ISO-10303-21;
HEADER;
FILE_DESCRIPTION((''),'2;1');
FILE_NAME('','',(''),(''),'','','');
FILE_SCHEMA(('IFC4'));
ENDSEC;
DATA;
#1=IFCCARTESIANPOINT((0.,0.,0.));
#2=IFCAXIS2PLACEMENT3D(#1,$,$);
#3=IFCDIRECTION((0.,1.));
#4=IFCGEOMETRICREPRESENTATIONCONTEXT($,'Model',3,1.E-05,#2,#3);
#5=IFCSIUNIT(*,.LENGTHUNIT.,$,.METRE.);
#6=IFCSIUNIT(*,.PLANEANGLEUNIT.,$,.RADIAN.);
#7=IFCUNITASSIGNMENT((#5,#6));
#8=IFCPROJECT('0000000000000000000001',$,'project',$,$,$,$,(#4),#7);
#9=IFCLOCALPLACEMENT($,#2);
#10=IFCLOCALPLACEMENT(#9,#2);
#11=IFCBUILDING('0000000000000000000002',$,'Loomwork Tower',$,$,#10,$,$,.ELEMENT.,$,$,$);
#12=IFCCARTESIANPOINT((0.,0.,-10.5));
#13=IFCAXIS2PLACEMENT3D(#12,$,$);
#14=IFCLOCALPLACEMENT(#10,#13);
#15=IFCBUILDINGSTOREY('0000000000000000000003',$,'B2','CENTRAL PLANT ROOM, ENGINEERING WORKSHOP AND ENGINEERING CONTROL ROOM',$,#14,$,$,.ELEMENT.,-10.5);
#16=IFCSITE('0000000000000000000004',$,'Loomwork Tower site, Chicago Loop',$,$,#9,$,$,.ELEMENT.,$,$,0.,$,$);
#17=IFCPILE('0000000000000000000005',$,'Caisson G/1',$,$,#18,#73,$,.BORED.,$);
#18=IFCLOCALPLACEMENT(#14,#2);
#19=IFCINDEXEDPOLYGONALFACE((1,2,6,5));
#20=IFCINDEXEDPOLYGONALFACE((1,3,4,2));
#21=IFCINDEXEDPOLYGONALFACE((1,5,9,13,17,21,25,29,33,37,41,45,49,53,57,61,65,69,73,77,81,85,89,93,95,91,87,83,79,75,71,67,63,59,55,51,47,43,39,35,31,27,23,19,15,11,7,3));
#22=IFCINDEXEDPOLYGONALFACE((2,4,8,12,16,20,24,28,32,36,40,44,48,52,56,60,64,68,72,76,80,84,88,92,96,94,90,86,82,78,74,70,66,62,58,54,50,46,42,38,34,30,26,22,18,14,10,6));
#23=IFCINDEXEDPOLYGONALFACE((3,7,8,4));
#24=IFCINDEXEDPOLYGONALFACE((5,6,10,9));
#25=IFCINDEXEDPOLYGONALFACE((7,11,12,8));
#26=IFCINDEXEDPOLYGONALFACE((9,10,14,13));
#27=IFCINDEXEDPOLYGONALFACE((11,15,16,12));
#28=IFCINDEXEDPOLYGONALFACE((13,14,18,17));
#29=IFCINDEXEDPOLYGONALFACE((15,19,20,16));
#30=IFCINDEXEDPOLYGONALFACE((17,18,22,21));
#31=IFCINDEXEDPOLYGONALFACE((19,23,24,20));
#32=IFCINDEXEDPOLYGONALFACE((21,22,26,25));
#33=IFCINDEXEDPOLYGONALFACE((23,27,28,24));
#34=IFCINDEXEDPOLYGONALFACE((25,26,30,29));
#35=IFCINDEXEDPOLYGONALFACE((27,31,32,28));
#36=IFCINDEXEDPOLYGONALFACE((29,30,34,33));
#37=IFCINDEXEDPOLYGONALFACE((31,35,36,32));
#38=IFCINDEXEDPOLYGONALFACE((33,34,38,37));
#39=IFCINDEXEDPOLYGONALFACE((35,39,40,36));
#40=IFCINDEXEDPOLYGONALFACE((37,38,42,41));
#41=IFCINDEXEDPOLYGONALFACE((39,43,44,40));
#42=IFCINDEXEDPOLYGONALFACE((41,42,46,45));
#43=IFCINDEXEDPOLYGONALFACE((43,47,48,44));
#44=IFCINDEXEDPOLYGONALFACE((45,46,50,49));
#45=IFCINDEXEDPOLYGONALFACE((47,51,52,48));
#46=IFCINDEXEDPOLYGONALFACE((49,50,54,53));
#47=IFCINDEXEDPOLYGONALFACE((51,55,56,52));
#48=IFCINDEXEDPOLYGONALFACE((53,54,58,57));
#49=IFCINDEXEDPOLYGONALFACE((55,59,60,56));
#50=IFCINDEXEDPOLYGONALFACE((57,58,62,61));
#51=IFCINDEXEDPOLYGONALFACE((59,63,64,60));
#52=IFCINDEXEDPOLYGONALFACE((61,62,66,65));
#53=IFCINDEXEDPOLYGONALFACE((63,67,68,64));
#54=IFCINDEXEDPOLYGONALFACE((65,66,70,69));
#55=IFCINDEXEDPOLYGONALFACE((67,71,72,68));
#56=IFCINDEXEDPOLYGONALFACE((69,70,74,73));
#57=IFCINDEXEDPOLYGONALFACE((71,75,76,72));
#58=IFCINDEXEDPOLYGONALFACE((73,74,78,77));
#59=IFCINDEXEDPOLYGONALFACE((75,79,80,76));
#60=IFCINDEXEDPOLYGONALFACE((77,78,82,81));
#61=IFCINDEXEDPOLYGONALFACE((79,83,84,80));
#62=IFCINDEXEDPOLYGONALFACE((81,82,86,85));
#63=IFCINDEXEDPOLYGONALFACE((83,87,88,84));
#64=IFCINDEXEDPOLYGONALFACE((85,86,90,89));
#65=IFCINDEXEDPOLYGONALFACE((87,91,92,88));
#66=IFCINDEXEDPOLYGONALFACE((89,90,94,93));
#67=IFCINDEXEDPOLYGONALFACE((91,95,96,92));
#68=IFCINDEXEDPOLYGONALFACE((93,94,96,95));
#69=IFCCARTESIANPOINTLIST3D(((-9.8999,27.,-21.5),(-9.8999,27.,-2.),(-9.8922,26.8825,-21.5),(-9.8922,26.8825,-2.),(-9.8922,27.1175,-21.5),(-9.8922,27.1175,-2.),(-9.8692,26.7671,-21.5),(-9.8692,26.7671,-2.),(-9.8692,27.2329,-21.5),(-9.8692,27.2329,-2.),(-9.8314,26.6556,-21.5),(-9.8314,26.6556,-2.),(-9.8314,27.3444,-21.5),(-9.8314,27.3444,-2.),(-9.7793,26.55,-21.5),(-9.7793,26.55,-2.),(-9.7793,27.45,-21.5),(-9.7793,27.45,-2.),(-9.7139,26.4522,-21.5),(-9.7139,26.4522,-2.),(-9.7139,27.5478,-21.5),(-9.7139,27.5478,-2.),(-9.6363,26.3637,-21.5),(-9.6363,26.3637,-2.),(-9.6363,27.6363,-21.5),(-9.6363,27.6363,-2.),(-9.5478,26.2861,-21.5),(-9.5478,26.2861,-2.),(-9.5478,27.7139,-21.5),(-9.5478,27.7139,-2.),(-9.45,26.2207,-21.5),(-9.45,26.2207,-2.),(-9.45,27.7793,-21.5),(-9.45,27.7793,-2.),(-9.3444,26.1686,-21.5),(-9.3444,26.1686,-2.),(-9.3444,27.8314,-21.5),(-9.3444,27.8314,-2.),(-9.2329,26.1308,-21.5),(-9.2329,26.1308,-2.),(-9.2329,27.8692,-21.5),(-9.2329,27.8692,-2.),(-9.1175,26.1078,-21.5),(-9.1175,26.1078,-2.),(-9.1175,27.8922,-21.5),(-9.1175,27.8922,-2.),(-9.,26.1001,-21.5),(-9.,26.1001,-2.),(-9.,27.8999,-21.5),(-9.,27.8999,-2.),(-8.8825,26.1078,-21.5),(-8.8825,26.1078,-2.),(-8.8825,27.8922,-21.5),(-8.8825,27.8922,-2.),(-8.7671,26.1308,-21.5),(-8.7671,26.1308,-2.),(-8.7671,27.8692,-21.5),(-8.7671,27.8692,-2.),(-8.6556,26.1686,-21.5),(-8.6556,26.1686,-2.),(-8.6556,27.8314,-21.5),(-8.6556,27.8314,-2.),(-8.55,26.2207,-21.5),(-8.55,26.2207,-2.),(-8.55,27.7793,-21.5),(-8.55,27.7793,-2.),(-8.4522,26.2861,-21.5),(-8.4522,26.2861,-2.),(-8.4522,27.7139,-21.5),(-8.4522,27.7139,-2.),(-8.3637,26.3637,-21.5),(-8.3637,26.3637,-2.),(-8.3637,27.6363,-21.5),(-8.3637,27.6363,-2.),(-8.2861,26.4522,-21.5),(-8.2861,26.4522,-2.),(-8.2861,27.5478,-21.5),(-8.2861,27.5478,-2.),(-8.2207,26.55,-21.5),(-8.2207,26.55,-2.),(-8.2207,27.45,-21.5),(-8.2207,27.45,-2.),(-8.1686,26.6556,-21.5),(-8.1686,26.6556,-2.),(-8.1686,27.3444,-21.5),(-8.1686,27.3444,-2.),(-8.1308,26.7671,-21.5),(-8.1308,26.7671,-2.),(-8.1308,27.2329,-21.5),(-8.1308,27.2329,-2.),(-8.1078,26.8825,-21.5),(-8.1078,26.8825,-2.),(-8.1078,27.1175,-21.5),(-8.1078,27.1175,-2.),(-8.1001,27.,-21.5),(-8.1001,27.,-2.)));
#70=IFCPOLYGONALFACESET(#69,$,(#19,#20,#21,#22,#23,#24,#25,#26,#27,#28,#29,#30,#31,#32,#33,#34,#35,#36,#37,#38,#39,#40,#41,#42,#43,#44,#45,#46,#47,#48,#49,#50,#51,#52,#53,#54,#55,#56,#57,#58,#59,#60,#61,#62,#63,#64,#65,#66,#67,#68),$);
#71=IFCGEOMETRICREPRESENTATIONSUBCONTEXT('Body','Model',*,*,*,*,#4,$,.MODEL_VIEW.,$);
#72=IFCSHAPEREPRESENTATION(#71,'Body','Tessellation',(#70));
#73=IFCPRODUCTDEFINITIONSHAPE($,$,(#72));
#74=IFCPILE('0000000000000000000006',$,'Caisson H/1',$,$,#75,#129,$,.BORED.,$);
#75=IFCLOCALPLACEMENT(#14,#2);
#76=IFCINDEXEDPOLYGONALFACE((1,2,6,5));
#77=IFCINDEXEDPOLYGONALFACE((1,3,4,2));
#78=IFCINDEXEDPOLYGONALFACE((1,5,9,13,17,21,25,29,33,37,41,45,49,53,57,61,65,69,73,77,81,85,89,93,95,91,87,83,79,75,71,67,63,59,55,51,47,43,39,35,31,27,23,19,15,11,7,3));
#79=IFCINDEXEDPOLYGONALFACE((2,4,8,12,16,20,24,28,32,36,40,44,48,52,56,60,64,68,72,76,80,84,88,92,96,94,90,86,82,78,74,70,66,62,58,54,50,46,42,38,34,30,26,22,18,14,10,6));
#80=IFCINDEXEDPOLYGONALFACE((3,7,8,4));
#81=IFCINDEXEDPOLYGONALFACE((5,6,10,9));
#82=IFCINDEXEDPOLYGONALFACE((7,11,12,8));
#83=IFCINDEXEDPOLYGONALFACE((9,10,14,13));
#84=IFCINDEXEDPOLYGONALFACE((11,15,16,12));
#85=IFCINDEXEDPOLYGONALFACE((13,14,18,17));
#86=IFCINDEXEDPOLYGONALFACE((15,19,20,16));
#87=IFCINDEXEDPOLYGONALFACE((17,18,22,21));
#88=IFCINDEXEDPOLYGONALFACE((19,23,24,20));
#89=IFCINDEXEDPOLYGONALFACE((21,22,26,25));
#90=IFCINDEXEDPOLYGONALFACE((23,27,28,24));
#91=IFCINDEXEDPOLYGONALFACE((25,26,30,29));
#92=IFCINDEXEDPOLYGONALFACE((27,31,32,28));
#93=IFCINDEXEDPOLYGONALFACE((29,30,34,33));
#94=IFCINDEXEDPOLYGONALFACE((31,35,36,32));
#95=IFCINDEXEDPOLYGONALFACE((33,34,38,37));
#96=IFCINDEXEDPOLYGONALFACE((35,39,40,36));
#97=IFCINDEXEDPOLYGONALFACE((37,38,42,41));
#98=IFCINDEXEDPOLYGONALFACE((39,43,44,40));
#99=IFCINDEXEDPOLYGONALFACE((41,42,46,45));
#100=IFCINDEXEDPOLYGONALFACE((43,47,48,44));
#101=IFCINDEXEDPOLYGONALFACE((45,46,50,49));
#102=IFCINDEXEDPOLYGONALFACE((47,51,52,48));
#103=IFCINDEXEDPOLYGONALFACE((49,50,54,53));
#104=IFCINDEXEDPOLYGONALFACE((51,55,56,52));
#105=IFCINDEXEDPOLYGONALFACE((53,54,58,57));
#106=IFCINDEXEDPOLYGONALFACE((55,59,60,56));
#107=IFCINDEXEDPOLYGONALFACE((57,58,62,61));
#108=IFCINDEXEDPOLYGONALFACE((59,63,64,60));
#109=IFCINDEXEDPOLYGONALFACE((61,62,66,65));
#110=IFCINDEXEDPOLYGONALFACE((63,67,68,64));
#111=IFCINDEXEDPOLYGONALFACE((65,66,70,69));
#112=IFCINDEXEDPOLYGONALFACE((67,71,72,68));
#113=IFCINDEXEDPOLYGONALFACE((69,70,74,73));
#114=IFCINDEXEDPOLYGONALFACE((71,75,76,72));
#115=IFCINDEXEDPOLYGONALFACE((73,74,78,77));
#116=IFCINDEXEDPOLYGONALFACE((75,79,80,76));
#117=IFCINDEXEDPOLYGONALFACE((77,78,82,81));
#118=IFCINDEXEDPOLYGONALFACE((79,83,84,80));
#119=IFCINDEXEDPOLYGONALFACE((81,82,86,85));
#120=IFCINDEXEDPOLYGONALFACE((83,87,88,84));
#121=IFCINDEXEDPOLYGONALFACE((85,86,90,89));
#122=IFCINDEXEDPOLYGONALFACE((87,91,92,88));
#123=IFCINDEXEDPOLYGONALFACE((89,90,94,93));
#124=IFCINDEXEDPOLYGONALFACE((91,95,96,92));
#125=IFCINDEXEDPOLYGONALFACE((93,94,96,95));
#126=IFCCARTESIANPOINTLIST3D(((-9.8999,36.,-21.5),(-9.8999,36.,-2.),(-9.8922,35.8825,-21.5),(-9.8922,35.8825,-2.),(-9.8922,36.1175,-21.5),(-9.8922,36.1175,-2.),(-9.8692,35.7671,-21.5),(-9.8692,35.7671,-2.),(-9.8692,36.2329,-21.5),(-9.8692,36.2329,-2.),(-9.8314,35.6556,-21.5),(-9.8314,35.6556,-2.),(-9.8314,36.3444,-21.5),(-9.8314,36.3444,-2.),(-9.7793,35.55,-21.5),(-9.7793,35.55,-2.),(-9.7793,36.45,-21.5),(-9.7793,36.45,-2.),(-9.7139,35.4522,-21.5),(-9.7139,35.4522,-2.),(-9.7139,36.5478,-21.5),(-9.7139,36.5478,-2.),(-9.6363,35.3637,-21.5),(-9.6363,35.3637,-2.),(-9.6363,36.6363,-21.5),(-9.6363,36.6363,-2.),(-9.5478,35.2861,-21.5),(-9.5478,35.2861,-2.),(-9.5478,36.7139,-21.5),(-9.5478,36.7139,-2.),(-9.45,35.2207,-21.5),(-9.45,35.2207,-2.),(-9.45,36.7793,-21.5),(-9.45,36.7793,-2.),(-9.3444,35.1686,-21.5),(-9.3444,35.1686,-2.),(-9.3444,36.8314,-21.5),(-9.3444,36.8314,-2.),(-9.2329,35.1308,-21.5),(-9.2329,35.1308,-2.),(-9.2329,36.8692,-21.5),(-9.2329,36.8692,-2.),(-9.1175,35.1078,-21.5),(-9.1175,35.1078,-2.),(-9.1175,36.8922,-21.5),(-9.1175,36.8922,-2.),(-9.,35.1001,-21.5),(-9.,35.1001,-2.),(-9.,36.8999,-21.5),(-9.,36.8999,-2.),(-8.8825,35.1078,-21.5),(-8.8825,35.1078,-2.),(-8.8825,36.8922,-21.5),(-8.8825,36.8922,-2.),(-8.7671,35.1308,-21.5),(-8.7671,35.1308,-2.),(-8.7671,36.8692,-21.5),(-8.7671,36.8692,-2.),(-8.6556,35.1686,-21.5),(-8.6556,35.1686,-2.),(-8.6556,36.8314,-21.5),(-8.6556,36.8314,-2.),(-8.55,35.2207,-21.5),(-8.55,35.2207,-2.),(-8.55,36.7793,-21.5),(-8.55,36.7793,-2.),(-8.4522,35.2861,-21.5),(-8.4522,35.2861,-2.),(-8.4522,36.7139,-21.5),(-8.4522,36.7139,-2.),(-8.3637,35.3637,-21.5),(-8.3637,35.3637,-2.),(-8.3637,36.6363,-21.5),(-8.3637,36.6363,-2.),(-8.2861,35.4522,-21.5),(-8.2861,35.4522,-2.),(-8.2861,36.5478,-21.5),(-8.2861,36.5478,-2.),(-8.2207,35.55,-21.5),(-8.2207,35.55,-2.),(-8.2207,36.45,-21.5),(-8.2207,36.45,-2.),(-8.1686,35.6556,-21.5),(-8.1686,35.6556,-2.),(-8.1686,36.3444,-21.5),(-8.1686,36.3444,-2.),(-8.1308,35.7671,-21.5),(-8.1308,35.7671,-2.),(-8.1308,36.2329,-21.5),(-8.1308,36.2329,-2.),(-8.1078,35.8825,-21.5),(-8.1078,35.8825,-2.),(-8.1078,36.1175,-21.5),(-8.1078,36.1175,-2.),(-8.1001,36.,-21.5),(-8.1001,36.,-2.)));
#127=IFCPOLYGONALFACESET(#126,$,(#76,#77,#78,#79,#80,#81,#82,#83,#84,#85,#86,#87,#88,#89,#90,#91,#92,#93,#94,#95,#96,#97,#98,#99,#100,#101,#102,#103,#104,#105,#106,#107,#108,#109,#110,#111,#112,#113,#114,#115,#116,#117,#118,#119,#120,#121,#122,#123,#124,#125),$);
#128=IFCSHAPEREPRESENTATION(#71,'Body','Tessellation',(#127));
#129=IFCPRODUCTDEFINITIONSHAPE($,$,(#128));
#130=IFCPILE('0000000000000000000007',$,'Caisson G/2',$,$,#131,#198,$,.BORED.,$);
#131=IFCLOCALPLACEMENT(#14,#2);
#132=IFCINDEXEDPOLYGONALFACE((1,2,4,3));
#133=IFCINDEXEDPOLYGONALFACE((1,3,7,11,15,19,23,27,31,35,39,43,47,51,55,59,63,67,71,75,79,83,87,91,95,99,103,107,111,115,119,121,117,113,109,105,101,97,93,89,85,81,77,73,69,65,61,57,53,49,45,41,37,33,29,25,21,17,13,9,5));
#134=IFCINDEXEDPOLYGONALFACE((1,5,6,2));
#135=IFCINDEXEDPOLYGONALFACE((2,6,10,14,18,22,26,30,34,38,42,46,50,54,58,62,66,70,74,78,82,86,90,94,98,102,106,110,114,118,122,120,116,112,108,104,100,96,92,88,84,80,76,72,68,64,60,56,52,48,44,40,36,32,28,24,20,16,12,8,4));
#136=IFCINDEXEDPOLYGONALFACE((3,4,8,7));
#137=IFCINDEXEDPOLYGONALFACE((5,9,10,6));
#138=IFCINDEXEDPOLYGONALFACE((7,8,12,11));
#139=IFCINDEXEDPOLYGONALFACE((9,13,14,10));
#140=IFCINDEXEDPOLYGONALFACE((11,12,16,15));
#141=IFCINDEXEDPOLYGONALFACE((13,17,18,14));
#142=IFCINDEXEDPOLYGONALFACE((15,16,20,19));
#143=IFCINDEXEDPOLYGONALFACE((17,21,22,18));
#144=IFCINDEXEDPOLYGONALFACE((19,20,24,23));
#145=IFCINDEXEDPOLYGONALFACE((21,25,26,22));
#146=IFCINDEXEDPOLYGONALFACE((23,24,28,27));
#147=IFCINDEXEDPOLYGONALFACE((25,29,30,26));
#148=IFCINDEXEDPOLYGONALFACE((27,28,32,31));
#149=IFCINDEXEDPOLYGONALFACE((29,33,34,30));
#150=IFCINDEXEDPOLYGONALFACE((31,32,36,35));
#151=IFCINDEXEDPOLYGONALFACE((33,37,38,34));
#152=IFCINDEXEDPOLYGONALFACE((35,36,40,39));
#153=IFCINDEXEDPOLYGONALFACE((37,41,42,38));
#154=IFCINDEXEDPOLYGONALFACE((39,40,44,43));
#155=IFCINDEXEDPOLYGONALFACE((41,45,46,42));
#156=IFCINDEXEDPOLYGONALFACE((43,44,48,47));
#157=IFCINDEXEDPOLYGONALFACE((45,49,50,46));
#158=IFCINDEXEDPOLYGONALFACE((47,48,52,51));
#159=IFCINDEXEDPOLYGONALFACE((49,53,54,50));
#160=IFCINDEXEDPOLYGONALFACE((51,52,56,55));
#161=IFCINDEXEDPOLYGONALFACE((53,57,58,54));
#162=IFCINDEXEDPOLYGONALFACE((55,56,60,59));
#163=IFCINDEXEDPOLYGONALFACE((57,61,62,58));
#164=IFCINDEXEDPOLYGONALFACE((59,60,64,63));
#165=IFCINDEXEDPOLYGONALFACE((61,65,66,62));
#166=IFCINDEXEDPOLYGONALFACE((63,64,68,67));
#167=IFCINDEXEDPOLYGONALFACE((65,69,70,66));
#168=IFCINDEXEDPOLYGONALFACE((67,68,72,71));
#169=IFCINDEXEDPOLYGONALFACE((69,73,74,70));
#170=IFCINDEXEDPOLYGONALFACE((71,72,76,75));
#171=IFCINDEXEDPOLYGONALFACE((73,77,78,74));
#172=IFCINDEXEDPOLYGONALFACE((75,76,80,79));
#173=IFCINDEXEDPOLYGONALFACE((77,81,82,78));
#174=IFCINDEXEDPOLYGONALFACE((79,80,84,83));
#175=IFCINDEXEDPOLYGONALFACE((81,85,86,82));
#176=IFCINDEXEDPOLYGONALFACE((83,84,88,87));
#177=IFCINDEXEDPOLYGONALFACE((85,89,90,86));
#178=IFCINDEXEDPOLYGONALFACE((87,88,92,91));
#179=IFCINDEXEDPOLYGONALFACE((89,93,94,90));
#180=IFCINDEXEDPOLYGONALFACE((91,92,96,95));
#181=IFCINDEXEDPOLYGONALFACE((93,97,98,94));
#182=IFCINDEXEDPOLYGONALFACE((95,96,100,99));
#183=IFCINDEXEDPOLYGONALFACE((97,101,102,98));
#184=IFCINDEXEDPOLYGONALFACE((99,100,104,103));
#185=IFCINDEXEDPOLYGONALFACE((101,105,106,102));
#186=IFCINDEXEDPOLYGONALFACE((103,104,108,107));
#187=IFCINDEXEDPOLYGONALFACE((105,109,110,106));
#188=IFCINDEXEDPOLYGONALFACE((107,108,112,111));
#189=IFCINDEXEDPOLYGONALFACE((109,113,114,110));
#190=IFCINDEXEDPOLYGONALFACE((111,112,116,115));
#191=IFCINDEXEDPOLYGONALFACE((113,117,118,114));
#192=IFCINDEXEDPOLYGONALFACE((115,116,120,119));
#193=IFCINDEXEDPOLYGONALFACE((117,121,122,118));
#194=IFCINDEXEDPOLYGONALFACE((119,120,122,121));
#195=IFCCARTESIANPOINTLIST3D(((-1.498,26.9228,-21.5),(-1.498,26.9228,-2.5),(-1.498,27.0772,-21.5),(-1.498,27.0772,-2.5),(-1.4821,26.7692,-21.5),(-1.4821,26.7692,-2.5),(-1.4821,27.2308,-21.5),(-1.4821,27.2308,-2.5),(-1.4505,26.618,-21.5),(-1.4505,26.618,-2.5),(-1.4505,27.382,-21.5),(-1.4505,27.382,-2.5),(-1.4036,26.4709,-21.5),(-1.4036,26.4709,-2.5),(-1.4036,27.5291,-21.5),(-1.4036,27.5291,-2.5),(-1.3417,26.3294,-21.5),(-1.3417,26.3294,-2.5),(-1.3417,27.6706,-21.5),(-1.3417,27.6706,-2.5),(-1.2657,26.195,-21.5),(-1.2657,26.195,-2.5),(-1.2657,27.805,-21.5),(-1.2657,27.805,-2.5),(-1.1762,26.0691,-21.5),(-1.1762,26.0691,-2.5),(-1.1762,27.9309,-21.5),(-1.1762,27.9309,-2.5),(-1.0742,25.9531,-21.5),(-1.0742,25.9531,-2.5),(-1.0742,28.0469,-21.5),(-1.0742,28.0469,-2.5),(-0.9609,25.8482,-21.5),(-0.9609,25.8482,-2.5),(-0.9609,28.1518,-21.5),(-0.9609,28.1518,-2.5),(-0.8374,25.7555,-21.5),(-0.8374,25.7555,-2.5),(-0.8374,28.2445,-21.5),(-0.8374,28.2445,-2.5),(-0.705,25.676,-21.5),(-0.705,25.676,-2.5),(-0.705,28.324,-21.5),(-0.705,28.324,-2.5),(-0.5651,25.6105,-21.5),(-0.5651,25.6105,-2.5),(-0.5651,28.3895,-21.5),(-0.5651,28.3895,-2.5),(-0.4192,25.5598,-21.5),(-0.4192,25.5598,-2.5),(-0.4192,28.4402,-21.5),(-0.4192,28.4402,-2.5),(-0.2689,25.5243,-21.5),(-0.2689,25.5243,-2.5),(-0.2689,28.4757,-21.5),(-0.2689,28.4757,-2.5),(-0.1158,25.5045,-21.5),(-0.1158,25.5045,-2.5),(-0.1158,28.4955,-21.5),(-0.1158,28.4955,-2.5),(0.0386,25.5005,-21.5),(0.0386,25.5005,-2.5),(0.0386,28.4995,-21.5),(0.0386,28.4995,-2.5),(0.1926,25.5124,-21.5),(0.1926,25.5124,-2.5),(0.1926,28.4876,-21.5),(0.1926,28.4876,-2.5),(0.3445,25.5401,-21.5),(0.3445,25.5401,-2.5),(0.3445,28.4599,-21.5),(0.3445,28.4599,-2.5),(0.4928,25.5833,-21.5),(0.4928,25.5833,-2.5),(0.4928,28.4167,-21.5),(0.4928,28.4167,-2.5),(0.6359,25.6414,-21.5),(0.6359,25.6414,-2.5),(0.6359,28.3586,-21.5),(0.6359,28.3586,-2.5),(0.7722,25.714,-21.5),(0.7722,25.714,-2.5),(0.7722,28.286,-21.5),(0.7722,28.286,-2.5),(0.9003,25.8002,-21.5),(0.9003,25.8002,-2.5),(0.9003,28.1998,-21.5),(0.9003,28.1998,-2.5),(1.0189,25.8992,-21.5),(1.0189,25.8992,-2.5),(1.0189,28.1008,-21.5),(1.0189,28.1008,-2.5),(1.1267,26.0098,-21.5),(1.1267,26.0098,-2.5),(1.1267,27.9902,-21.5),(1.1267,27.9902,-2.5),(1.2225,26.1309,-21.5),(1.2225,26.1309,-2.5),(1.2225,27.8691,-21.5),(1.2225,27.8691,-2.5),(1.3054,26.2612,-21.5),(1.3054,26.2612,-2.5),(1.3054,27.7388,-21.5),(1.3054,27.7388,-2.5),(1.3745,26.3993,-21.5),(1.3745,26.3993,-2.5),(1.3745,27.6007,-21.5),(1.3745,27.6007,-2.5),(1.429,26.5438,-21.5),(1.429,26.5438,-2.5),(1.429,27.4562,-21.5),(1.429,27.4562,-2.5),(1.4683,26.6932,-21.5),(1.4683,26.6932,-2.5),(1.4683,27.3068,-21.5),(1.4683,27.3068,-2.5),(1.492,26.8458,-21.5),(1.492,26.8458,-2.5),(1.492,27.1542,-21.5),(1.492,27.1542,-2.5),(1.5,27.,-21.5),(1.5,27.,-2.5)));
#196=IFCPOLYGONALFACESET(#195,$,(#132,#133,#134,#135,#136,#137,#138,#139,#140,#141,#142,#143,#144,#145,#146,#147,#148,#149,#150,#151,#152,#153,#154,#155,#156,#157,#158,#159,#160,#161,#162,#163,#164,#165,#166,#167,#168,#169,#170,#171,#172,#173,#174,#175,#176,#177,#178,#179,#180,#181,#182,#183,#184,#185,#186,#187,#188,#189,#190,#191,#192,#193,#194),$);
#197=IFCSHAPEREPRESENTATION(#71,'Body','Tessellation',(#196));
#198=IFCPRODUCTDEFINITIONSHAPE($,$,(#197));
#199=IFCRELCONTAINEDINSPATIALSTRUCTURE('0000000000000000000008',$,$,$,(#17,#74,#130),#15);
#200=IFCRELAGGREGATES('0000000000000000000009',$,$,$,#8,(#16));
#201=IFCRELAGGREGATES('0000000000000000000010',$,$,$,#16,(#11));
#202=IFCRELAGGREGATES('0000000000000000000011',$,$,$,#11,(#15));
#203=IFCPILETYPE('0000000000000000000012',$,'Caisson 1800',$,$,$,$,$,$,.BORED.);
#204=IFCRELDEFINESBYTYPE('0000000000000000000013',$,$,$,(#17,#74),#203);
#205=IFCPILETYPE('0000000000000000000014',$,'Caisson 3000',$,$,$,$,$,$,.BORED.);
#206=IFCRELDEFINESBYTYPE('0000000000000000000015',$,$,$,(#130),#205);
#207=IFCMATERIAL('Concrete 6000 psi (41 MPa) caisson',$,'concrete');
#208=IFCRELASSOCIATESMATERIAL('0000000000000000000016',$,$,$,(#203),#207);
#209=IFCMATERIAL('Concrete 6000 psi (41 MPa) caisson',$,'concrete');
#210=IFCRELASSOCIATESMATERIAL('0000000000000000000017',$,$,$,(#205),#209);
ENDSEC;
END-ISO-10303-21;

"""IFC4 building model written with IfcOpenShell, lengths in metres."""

from ifc_helpers import new_model, si_unit, direction, frame, origin, origin_2d, place, context, subcontext, project, spatial, circle, extrude, material, material_profile, profile_set, type_object, element, save


model = new_model("IFC4")

# Units and contexts
model_context = context("Model", 3, precision=1e-05, world=origin(), true_north=direction((0.0, 1.0)))
body_context = subcontext(model_context, "Body", "Model", "MODEL_VIEW")
ifc_project = project(units=[si_unit("LENGTHUNIT", "METRE"), si_unit("PLANEANGLEUNIT", "RADIAN")], contexts=[model_context])

# Site, building, storey
site_placement = place(None, origin())
site = spatial("IfcSite", under=ifc_project, at=site_placement, Name="Loomwork Tower site, Chicago Loop", CompositionType="ELEMENT", RefElevation=0.0)
building_placement = place(site_placement, origin())
building = spatial("IfcBuilding", under=site, at=building_placement, Name="Loomwork Tower", CompositionType="ELEMENT")
storey_placement = place(building_placement, frame((0.0, 0.0, -10.5)))
storey = spatial("IfcBuildingStorey", under=building, at=storey_placement, Name="B2", Description="CENTRAL PLANT ROOM, ENGINEERING WORKSHOP AND ENGINEERING CONTROL ROOM", CompositionType="ELEMENT", Elevation=-10.5)

# Piles
ifc_material_1 = material(Name="Concrete 6000 psi (41 MPa) caisson", Category="concrete")
ifc_material_profile_1 = material_profile(ifc_material_1, circle(Radius=0.8999, at=origin_2d()), Name="D1800")
ifc_profile_set_1 = profile_set([ifc_material_profile_1], Name="Concrete 6000 psi (41 MPa) caisson")
pile_type_1 = type_object("IfcPileType", Name="Caisson 1800", PredefinedType="BORED", material=ifc_profile_set_1)
for number, where, z_axis, x_axis, name in (
    (1, (-9.0, 27.0, -2.0), (0.0, 0.0, -1.0), (1.0, 0.0, 0.0), "Caisson G/1"),
    (2, (-9.0, 36.0, -2.0), (0.0, 0.0, -1.0), (1.0, 0.0, 0.0), "Caisson H/1"),
):
    element("IfcPile", number, at=place(storey_placement, frame(where, z_axis=z_axis, x_axis=x_axis)), inside=storey, type_object=pile_type_1, Name=name, PredefinedType="BORED", context=body_context, shape_type="SweptSolid", body=[
        extrude(circle(Radius=0.8999, at=origin_2d()), origin(), (0.0, 0.0, 1.0), 19.5),
    ])
ifc_material_2 = material(Name="Concrete 6000 psi (41 MPa) caisson", Category="concrete")
ifc_material_profile_2 = material_profile(ifc_material_2, circle(Radius=1.5, at=origin_2d()), Name="D3000")
ifc_profile_set_2 = profile_set([ifc_material_profile_2], Name="Concrete 6000 psi (41 MPa) caisson")
pile_type_2 = type_object("IfcPileType", Name="Caisson 3000", PredefinedType="BORED", material=ifc_profile_set_2)
for number, where, z_axis, x_axis, name in (
    (3, (0.0, 27.0, -2.5), (0.0, 0.0, -1.0), (1.0, 0.0, 0.0), "Caisson G/2"),
):
    element("IfcPile", number, at=place(storey_placement, frame(where, z_axis=z_axis, x_axis=x_axis)), inside=storey, type_object=pile_type_2, Name=name, PredefinedType="BORED", context=body_context, shape_type="SweptSolid", body=[
        extrude(circle(Radius=1.5, at=origin_2d()), origin(), (0.0, 0.0, 1.0), 19.0),
    ])

save(model, "model.ifc")
